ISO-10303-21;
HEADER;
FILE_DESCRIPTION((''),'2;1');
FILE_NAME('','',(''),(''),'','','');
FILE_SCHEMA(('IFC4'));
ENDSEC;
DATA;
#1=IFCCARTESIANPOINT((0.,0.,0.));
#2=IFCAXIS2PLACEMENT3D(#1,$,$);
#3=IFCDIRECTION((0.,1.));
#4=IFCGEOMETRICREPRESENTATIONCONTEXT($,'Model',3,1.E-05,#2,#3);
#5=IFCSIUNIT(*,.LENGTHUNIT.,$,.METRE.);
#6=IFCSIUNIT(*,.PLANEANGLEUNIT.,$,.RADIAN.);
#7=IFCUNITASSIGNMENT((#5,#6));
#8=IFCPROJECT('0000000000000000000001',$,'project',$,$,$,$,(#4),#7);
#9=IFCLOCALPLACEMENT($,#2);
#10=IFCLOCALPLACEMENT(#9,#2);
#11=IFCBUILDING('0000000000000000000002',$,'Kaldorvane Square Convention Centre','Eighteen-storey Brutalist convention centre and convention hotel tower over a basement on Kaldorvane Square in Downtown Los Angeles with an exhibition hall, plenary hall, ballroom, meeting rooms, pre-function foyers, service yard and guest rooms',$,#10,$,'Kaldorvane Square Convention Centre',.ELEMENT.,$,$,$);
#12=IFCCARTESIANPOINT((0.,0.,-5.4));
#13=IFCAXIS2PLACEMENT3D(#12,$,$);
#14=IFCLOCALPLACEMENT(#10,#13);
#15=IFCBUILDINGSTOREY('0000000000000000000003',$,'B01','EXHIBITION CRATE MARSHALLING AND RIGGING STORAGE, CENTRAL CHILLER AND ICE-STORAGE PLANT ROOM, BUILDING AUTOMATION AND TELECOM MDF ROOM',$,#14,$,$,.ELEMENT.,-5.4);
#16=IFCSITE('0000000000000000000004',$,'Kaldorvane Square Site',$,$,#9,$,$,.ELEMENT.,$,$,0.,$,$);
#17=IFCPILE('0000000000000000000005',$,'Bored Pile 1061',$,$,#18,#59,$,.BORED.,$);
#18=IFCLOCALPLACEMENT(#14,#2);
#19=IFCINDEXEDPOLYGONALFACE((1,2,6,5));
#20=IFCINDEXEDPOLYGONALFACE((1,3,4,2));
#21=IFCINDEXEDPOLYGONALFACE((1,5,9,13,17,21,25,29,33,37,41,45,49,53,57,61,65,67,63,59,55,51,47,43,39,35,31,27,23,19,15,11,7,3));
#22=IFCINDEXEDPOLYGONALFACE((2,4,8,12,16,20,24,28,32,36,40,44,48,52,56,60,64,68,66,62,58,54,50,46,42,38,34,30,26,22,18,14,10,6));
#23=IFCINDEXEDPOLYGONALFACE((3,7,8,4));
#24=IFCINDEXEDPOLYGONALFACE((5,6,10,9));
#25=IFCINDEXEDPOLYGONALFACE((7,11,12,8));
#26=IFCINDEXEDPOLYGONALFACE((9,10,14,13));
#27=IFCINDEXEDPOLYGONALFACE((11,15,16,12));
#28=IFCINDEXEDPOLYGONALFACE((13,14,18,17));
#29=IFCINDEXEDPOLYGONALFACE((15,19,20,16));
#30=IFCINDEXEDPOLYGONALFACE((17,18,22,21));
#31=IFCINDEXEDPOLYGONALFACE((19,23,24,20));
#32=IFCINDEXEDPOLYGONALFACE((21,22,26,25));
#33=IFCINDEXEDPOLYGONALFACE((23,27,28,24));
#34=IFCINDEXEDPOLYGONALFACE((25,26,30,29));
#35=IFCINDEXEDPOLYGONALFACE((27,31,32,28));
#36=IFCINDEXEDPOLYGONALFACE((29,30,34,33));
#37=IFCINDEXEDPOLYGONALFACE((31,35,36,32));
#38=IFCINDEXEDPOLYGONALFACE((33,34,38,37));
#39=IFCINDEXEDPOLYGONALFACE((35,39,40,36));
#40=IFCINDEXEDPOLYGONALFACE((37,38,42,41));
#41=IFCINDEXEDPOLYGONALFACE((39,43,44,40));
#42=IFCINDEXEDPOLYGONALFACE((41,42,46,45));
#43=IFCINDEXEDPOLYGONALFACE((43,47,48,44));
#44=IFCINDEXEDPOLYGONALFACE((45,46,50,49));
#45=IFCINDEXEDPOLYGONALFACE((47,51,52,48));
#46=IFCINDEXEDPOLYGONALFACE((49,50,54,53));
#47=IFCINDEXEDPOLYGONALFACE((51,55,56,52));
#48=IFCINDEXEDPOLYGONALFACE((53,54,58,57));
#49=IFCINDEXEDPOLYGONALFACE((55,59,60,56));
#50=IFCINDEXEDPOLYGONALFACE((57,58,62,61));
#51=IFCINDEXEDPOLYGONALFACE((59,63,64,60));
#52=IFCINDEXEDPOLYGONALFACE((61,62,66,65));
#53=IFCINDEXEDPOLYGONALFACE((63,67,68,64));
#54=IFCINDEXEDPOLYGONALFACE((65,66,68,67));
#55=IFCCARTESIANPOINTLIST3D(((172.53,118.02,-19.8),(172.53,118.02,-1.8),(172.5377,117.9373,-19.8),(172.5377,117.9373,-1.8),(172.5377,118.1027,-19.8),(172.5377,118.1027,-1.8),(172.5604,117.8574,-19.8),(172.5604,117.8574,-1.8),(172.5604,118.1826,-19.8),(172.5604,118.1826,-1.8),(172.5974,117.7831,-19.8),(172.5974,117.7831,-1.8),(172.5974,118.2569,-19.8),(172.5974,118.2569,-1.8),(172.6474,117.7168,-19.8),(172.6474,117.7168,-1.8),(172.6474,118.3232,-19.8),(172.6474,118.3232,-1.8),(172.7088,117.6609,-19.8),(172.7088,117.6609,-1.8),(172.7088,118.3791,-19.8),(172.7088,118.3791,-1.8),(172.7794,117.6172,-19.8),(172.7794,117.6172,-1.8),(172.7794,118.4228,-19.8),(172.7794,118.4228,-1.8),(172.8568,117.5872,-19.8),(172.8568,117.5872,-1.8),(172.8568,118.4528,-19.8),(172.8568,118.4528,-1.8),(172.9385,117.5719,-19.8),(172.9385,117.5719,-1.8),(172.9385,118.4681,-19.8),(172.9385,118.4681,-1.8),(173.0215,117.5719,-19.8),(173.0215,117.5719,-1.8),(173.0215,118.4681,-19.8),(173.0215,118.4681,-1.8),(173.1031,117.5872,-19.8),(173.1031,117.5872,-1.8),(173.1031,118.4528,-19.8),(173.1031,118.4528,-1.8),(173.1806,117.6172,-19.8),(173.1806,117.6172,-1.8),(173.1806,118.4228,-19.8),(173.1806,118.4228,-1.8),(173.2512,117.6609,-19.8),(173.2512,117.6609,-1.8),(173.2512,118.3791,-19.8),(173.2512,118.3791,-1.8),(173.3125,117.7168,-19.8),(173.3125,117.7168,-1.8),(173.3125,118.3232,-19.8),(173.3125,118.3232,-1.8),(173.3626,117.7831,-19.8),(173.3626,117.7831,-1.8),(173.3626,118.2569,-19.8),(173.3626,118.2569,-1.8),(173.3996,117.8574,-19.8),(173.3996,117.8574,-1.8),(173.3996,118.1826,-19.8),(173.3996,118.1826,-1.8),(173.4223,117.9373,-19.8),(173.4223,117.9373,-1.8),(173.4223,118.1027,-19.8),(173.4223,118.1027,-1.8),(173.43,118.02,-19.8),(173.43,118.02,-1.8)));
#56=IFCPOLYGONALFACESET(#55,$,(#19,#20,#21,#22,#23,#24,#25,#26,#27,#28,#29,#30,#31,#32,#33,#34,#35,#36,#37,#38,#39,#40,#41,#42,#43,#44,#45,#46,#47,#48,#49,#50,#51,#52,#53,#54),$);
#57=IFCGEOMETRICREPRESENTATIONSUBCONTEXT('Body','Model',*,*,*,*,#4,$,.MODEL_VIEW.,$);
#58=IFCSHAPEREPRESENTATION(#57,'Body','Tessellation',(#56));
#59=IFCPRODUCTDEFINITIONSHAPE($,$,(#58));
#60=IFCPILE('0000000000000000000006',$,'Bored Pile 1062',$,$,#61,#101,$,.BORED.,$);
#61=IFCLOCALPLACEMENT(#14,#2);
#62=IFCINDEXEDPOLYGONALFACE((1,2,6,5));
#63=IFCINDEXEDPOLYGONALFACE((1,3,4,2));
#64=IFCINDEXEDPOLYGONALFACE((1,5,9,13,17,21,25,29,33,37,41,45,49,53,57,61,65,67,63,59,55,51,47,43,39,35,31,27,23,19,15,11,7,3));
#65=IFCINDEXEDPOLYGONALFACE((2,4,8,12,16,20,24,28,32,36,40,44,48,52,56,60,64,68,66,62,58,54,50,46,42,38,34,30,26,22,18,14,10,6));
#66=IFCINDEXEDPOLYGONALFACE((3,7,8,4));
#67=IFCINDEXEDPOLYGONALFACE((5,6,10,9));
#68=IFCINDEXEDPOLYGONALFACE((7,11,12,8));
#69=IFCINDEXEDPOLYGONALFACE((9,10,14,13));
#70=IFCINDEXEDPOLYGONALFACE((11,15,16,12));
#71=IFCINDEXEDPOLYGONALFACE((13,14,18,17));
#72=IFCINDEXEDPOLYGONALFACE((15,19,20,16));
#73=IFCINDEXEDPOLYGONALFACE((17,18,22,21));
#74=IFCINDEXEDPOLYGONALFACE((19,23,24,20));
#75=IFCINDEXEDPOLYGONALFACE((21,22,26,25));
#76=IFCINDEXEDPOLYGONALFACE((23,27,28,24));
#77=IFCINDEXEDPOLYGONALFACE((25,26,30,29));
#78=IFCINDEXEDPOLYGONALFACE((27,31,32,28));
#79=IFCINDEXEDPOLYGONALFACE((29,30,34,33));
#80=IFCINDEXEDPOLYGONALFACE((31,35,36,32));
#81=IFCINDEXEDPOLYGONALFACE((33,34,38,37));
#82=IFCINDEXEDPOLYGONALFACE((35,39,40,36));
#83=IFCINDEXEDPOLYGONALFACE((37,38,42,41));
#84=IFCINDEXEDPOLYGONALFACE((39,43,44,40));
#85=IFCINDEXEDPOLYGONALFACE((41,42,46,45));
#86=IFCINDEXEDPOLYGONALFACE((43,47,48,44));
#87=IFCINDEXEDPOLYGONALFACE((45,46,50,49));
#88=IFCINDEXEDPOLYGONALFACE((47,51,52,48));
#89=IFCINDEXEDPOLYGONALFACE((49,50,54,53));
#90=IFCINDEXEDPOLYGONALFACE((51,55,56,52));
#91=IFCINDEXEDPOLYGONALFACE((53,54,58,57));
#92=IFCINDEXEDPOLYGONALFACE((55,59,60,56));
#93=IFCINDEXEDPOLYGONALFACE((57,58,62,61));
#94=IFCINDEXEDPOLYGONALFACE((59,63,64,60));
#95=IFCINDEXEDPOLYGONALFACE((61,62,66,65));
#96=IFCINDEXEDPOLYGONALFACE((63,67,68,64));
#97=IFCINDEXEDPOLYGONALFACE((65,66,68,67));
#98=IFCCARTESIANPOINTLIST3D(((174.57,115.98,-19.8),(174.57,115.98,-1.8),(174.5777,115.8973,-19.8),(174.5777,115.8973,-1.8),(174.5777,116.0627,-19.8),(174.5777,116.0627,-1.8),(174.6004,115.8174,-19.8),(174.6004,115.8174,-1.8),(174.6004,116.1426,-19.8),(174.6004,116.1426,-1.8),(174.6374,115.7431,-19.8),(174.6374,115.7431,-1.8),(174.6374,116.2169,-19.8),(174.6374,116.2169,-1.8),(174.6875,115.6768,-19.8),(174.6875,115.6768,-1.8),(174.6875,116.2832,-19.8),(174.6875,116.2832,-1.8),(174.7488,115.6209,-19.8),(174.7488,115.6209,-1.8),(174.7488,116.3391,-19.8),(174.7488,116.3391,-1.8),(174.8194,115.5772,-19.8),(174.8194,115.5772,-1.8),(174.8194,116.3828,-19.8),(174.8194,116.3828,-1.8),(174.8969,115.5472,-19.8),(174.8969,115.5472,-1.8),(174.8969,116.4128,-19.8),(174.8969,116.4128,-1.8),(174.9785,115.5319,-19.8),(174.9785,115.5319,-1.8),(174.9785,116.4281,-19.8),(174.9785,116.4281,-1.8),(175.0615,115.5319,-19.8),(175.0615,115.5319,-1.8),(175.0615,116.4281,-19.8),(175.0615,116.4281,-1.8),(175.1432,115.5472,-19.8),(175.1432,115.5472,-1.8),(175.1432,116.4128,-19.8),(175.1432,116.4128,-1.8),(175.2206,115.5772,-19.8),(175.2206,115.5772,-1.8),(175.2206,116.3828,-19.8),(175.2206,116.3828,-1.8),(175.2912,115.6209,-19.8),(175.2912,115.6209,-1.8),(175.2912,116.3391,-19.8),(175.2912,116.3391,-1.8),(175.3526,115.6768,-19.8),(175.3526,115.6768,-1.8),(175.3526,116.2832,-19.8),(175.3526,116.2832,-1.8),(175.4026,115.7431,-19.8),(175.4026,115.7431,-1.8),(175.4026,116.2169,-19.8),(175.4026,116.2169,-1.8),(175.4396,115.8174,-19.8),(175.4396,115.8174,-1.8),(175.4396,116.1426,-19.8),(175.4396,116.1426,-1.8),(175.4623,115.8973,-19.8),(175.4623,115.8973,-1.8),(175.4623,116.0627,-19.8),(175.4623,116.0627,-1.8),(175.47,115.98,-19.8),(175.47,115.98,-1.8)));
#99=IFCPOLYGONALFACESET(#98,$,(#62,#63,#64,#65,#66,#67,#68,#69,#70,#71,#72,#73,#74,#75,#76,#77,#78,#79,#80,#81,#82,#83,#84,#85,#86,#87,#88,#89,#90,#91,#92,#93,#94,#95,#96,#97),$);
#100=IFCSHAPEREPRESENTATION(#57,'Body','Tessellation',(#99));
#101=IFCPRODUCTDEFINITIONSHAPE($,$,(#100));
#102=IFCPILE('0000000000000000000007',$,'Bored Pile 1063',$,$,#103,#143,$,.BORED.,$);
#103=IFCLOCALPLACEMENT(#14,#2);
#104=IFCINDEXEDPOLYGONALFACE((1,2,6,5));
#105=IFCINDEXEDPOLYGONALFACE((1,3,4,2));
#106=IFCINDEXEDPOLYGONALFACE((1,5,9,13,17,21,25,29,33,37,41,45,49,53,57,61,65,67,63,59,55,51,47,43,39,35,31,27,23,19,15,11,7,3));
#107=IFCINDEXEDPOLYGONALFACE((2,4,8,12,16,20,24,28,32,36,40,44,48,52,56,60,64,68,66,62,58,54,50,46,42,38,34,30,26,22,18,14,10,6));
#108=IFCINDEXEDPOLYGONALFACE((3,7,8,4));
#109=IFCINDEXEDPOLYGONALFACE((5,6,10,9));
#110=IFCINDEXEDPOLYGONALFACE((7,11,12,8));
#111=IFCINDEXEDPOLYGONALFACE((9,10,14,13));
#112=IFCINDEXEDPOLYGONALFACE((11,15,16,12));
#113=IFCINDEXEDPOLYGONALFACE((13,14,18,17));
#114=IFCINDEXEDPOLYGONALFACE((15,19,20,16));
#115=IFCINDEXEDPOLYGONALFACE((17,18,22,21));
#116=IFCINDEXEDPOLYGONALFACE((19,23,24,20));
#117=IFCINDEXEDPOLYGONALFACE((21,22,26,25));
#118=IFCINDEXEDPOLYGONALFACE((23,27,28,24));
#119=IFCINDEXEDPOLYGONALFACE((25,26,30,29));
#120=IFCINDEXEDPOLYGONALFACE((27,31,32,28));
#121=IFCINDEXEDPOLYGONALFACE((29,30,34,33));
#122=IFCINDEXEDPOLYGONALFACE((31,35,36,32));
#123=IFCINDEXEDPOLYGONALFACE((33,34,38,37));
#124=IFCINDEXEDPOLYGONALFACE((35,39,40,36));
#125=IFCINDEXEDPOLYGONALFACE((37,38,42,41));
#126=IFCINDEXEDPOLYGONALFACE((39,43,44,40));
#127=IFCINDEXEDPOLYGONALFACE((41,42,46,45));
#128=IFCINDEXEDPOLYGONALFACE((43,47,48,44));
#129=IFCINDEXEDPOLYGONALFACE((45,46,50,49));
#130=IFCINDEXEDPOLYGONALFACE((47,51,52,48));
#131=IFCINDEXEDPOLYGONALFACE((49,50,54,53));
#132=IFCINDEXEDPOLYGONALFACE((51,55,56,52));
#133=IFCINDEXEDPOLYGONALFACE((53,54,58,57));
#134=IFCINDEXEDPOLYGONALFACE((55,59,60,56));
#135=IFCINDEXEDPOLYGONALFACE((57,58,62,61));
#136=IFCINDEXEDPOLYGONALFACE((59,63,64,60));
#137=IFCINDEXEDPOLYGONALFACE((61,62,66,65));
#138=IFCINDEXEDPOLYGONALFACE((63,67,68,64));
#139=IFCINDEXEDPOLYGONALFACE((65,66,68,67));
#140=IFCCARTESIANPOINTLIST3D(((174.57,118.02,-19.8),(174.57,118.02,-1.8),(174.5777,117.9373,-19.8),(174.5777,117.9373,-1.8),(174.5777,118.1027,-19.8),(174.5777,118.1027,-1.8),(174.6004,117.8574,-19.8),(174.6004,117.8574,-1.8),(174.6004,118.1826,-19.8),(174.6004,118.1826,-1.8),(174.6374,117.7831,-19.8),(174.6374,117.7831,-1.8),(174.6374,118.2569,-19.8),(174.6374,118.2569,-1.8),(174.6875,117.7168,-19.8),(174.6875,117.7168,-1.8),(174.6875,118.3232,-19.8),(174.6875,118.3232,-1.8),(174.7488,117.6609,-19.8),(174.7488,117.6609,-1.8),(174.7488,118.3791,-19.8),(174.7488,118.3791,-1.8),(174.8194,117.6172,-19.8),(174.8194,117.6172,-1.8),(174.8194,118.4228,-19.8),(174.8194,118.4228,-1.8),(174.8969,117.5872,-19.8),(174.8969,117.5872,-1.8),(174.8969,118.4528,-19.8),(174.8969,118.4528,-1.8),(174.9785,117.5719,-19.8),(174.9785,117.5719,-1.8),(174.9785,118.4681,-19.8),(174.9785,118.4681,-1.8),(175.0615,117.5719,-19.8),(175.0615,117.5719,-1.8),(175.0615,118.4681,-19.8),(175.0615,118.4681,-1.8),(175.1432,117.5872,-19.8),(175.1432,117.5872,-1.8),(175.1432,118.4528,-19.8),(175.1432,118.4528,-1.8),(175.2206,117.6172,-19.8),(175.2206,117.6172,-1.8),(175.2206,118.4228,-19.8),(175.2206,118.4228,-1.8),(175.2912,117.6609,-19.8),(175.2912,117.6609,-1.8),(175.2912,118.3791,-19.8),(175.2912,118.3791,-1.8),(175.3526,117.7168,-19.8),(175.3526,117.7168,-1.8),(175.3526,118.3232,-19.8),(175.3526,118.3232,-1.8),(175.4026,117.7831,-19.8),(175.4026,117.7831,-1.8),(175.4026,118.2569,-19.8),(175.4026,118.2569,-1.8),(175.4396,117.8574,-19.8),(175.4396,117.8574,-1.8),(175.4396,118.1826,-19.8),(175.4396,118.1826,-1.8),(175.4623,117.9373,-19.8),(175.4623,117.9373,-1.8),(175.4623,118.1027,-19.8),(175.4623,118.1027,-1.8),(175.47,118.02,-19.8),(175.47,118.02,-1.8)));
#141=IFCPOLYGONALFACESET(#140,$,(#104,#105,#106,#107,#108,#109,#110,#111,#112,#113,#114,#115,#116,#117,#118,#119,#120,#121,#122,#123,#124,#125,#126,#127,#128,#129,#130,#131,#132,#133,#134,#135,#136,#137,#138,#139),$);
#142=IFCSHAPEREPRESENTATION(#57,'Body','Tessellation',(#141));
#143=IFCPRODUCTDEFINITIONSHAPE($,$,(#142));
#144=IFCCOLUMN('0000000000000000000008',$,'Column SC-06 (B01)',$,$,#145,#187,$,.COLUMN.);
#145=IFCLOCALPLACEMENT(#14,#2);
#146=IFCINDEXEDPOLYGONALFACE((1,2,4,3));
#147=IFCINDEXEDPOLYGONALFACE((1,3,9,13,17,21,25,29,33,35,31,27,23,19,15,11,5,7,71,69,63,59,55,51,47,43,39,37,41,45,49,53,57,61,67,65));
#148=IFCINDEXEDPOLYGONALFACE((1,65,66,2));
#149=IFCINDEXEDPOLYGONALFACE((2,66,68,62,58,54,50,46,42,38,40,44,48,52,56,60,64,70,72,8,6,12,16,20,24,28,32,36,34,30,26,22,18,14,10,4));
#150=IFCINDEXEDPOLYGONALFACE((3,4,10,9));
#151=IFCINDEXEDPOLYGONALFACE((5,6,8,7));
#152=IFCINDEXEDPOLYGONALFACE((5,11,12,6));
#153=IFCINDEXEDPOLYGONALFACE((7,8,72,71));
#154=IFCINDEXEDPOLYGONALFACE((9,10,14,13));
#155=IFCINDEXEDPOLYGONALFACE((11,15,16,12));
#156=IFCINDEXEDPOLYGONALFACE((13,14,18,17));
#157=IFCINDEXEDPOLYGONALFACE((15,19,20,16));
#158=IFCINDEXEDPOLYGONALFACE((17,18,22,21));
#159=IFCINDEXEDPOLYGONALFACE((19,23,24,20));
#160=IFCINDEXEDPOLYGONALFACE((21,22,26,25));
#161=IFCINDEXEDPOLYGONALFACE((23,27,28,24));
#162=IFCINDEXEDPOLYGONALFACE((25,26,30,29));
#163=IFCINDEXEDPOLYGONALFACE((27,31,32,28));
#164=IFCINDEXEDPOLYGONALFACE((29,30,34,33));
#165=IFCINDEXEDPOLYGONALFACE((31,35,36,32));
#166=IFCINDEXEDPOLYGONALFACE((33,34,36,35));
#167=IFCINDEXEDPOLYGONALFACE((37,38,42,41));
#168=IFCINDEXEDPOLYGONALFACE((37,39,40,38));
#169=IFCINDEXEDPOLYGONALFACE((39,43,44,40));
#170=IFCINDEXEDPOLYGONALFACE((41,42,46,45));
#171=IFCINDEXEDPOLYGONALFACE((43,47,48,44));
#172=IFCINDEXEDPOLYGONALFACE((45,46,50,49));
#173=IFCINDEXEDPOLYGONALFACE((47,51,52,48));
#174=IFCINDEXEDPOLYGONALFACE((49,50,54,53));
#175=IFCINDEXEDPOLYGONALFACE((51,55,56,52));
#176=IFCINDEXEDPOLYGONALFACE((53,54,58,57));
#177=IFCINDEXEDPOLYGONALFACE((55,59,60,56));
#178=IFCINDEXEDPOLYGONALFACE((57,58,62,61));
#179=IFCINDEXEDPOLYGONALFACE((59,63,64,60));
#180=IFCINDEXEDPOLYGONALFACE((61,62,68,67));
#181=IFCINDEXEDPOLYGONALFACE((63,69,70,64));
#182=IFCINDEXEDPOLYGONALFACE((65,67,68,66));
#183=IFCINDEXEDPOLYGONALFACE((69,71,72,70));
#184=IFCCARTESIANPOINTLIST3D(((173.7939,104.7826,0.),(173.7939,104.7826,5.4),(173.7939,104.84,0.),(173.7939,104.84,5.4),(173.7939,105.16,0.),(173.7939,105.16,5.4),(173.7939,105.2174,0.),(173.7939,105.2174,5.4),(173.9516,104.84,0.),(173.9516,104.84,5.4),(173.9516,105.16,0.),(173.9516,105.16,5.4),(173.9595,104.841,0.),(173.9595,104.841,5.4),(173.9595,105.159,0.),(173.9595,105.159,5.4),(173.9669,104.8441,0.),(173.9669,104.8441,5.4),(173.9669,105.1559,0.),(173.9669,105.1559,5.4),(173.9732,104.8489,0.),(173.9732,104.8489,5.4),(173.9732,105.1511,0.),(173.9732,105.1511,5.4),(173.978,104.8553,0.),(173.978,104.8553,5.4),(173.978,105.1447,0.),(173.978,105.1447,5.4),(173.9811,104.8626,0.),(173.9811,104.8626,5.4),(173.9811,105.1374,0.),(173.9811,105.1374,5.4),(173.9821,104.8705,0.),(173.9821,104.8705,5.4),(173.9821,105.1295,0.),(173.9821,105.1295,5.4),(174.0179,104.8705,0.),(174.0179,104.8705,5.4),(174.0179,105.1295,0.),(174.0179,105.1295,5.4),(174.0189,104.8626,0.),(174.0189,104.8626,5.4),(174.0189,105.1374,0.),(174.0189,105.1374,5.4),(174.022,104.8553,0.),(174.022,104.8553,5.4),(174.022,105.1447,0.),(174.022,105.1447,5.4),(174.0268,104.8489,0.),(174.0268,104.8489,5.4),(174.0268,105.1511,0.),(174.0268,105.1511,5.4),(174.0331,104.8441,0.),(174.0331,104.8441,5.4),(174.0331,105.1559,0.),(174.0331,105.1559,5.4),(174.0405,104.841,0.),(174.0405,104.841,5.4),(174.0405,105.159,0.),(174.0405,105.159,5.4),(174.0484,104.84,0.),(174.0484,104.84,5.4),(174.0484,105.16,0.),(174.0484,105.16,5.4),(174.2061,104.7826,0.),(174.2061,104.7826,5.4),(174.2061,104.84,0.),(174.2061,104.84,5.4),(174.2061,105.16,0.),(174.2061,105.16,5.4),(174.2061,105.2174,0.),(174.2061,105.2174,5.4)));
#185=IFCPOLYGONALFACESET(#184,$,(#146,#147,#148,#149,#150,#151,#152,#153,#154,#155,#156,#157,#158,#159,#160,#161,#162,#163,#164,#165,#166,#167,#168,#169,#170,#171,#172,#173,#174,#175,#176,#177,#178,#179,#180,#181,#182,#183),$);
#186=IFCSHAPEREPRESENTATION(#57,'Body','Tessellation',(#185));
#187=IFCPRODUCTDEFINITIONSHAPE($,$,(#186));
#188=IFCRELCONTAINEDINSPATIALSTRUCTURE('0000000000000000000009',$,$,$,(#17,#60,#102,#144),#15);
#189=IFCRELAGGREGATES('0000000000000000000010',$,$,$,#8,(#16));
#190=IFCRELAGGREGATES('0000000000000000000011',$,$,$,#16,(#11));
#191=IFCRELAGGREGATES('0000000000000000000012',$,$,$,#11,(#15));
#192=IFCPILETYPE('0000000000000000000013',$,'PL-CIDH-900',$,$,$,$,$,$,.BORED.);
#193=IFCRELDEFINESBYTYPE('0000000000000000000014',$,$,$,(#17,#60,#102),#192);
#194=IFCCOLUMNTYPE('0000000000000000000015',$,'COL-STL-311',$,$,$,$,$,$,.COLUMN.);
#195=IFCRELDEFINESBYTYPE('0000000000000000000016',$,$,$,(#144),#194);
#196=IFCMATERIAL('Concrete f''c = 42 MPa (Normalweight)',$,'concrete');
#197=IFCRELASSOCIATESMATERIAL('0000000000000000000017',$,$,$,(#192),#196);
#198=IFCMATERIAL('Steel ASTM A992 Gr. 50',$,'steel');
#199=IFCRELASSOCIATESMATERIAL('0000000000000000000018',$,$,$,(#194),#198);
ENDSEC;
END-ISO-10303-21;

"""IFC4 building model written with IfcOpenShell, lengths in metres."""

from ifc_helpers import new_model, si_unit, direction, frame, origin, origin_2d, place, context, subcontext, project, spatial, circle, i_section, extrude, material, material_profile, profile_set, type_object, element, save


model = new_model("IFC4")

# Units and contexts
model_context = context("Model", 3, precision=1e-05, world=origin(), true_north=direction((0.0, 1.0)))
body_context = subcontext(model_context, "Body", "Model", "MODEL_VIEW")
ifc_project = project(units=[si_unit("LENGTHUNIT", "METRE"), si_unit("PLANEANGLEUNIT", "RADIAN")], contexts=[model_context])

# Site, building, storey
site_placement = place(None, origin())
site = spatial("IfcSite", under=ifc_project, at=site_placement, Name="Kaldorvane Square Site", CompositionType="ELEMENT", RefElevation=0.0)
building_placement = place(site_placement, origin())
building = spatial("IfcBuilding", under=site, at=building_placement, Name="Kaldorvane Square Convention Centre", Description="Eighteen-storey Brutalist convention centre and convention hotel tower over a basement on Kaldorvane Square in Downtown Los Angeles with an exhibition hall, plenary hall, ballroom, meeting rooms, pre-function foyers, service yard and guest rooms", LongName="Kaldorvane Square Convention Centre", CompositionType="ELEMENT")
storey_placement = place(building_placement, frame((0.0, 0.0, -5.4)))
storey = spatial("IfcBuildingStorey", under=building, at=storey_placement, Name="B01", Description="EXHIBITION CRATE MARSHALLING AND RIGGING STORAGE, CENTRAL CHILLER AND ICE-STORAGE PLANT ROOM, BUILDING AUTOMATION AND TELECOM MDF ROOM", CompositionType="ELEMENT", Elevation=-5.4)

# Shared definitions
ifc_material_1 = material(Name="Concrete f'c = 42 MPa (Normalweight)", Category="concrete")

# Piles
ifc_material_profile_1 = material_profile(ifc_material_1, circle(Radius=0.45, at=origin_2d()), Name="PILE-D900")
ifc_profile_set_1 = profile_set([ifc_material_profile_1], Name="Concrete f'c = 42 MPa (Normalweight)")
pile_type = type_object("IfcPileType", Name="PL-CIDH-900", PredefinedType="BORED", material=ifc_profile_set_1)
for number, where, z_axis, x_axis, name in (
    (1, (172.98, 118.02, -1.8), (0.0, 0.0, -1.0), (1.0, 0.0, 0.0), "Bored Pile 1061"),
    (2, (175.02, 115.98, -1.8), (0.0, 0.0, -1.0), (1.0, 0.0, 0.0), "Bored Pile 1062"),
    (3, (175.02, 118.02, -1.8), (0.0, 0.0, -1.0), (1.0, 0.0, 0.0), "Bored Pile 1063"),
):
    element("IfcPile", number, at=place(storey_placement, frame(where, z_axis=z_axis, x_axis=x_axis)), inside=storey, type_object=pile_type, Name=name, PredefinedType="BORED", context=body_context, shape_type="SweptSolid", body=[
        extrude(circle(Radius=0.45, at=origin_2d()), origin(), (0.0, 0.0, 1.0), 18.0),
    ])

# Column
ifc_material_2 = material(Name="Steel ASTM A992 Gr. 50", Category="steel")
ifc_material_profile_2 = material_profile(ifc_material_2, i_section(OverallWidth=0.4122, OverallDepth=0.4348, WebThickness=0.0358, FlangeThickness=0.0574, FilletRadius=0.0305, at=origin_2d()), Name="W14X311")
ifc_profile_set_2 = profile_set([ifc_material_profile_2], Name="Steel ASTM A992 Gr. 50")
column_type = type_object("IfcColumnType", Name="COL-STL-311", PredefinedType="COLUMN", material=ifc_profile_set_2)
for number, where, z_axis, x_axis, name in (
    (4, (174.0, 105.0, 0.0), (0.0, 0.0, 1.0), (1.0, 0.0, 0.0), "Column SC-06 (B01)"),
):
    element("IfcColumn", number, at=place(storey_placement, frame(where, z_axis=z_axis, x_axis=x_axis)), inside=storey, type_object=column_type, Name=name, PredefinedType="COLUMN", context=body_context, shape_type="SweptSolid", body=[
        extrude(i_section(OverallWidth=0.4122, OverallDepth=0.4348, WebThickness=0.0358, FlangeThickness=0.0574, FilletRadius=0.0305, at=origin_2d()), origin(), (0.0, 0.0, 1.0), 5.4),
    ])

save(model, "model.ifc")
